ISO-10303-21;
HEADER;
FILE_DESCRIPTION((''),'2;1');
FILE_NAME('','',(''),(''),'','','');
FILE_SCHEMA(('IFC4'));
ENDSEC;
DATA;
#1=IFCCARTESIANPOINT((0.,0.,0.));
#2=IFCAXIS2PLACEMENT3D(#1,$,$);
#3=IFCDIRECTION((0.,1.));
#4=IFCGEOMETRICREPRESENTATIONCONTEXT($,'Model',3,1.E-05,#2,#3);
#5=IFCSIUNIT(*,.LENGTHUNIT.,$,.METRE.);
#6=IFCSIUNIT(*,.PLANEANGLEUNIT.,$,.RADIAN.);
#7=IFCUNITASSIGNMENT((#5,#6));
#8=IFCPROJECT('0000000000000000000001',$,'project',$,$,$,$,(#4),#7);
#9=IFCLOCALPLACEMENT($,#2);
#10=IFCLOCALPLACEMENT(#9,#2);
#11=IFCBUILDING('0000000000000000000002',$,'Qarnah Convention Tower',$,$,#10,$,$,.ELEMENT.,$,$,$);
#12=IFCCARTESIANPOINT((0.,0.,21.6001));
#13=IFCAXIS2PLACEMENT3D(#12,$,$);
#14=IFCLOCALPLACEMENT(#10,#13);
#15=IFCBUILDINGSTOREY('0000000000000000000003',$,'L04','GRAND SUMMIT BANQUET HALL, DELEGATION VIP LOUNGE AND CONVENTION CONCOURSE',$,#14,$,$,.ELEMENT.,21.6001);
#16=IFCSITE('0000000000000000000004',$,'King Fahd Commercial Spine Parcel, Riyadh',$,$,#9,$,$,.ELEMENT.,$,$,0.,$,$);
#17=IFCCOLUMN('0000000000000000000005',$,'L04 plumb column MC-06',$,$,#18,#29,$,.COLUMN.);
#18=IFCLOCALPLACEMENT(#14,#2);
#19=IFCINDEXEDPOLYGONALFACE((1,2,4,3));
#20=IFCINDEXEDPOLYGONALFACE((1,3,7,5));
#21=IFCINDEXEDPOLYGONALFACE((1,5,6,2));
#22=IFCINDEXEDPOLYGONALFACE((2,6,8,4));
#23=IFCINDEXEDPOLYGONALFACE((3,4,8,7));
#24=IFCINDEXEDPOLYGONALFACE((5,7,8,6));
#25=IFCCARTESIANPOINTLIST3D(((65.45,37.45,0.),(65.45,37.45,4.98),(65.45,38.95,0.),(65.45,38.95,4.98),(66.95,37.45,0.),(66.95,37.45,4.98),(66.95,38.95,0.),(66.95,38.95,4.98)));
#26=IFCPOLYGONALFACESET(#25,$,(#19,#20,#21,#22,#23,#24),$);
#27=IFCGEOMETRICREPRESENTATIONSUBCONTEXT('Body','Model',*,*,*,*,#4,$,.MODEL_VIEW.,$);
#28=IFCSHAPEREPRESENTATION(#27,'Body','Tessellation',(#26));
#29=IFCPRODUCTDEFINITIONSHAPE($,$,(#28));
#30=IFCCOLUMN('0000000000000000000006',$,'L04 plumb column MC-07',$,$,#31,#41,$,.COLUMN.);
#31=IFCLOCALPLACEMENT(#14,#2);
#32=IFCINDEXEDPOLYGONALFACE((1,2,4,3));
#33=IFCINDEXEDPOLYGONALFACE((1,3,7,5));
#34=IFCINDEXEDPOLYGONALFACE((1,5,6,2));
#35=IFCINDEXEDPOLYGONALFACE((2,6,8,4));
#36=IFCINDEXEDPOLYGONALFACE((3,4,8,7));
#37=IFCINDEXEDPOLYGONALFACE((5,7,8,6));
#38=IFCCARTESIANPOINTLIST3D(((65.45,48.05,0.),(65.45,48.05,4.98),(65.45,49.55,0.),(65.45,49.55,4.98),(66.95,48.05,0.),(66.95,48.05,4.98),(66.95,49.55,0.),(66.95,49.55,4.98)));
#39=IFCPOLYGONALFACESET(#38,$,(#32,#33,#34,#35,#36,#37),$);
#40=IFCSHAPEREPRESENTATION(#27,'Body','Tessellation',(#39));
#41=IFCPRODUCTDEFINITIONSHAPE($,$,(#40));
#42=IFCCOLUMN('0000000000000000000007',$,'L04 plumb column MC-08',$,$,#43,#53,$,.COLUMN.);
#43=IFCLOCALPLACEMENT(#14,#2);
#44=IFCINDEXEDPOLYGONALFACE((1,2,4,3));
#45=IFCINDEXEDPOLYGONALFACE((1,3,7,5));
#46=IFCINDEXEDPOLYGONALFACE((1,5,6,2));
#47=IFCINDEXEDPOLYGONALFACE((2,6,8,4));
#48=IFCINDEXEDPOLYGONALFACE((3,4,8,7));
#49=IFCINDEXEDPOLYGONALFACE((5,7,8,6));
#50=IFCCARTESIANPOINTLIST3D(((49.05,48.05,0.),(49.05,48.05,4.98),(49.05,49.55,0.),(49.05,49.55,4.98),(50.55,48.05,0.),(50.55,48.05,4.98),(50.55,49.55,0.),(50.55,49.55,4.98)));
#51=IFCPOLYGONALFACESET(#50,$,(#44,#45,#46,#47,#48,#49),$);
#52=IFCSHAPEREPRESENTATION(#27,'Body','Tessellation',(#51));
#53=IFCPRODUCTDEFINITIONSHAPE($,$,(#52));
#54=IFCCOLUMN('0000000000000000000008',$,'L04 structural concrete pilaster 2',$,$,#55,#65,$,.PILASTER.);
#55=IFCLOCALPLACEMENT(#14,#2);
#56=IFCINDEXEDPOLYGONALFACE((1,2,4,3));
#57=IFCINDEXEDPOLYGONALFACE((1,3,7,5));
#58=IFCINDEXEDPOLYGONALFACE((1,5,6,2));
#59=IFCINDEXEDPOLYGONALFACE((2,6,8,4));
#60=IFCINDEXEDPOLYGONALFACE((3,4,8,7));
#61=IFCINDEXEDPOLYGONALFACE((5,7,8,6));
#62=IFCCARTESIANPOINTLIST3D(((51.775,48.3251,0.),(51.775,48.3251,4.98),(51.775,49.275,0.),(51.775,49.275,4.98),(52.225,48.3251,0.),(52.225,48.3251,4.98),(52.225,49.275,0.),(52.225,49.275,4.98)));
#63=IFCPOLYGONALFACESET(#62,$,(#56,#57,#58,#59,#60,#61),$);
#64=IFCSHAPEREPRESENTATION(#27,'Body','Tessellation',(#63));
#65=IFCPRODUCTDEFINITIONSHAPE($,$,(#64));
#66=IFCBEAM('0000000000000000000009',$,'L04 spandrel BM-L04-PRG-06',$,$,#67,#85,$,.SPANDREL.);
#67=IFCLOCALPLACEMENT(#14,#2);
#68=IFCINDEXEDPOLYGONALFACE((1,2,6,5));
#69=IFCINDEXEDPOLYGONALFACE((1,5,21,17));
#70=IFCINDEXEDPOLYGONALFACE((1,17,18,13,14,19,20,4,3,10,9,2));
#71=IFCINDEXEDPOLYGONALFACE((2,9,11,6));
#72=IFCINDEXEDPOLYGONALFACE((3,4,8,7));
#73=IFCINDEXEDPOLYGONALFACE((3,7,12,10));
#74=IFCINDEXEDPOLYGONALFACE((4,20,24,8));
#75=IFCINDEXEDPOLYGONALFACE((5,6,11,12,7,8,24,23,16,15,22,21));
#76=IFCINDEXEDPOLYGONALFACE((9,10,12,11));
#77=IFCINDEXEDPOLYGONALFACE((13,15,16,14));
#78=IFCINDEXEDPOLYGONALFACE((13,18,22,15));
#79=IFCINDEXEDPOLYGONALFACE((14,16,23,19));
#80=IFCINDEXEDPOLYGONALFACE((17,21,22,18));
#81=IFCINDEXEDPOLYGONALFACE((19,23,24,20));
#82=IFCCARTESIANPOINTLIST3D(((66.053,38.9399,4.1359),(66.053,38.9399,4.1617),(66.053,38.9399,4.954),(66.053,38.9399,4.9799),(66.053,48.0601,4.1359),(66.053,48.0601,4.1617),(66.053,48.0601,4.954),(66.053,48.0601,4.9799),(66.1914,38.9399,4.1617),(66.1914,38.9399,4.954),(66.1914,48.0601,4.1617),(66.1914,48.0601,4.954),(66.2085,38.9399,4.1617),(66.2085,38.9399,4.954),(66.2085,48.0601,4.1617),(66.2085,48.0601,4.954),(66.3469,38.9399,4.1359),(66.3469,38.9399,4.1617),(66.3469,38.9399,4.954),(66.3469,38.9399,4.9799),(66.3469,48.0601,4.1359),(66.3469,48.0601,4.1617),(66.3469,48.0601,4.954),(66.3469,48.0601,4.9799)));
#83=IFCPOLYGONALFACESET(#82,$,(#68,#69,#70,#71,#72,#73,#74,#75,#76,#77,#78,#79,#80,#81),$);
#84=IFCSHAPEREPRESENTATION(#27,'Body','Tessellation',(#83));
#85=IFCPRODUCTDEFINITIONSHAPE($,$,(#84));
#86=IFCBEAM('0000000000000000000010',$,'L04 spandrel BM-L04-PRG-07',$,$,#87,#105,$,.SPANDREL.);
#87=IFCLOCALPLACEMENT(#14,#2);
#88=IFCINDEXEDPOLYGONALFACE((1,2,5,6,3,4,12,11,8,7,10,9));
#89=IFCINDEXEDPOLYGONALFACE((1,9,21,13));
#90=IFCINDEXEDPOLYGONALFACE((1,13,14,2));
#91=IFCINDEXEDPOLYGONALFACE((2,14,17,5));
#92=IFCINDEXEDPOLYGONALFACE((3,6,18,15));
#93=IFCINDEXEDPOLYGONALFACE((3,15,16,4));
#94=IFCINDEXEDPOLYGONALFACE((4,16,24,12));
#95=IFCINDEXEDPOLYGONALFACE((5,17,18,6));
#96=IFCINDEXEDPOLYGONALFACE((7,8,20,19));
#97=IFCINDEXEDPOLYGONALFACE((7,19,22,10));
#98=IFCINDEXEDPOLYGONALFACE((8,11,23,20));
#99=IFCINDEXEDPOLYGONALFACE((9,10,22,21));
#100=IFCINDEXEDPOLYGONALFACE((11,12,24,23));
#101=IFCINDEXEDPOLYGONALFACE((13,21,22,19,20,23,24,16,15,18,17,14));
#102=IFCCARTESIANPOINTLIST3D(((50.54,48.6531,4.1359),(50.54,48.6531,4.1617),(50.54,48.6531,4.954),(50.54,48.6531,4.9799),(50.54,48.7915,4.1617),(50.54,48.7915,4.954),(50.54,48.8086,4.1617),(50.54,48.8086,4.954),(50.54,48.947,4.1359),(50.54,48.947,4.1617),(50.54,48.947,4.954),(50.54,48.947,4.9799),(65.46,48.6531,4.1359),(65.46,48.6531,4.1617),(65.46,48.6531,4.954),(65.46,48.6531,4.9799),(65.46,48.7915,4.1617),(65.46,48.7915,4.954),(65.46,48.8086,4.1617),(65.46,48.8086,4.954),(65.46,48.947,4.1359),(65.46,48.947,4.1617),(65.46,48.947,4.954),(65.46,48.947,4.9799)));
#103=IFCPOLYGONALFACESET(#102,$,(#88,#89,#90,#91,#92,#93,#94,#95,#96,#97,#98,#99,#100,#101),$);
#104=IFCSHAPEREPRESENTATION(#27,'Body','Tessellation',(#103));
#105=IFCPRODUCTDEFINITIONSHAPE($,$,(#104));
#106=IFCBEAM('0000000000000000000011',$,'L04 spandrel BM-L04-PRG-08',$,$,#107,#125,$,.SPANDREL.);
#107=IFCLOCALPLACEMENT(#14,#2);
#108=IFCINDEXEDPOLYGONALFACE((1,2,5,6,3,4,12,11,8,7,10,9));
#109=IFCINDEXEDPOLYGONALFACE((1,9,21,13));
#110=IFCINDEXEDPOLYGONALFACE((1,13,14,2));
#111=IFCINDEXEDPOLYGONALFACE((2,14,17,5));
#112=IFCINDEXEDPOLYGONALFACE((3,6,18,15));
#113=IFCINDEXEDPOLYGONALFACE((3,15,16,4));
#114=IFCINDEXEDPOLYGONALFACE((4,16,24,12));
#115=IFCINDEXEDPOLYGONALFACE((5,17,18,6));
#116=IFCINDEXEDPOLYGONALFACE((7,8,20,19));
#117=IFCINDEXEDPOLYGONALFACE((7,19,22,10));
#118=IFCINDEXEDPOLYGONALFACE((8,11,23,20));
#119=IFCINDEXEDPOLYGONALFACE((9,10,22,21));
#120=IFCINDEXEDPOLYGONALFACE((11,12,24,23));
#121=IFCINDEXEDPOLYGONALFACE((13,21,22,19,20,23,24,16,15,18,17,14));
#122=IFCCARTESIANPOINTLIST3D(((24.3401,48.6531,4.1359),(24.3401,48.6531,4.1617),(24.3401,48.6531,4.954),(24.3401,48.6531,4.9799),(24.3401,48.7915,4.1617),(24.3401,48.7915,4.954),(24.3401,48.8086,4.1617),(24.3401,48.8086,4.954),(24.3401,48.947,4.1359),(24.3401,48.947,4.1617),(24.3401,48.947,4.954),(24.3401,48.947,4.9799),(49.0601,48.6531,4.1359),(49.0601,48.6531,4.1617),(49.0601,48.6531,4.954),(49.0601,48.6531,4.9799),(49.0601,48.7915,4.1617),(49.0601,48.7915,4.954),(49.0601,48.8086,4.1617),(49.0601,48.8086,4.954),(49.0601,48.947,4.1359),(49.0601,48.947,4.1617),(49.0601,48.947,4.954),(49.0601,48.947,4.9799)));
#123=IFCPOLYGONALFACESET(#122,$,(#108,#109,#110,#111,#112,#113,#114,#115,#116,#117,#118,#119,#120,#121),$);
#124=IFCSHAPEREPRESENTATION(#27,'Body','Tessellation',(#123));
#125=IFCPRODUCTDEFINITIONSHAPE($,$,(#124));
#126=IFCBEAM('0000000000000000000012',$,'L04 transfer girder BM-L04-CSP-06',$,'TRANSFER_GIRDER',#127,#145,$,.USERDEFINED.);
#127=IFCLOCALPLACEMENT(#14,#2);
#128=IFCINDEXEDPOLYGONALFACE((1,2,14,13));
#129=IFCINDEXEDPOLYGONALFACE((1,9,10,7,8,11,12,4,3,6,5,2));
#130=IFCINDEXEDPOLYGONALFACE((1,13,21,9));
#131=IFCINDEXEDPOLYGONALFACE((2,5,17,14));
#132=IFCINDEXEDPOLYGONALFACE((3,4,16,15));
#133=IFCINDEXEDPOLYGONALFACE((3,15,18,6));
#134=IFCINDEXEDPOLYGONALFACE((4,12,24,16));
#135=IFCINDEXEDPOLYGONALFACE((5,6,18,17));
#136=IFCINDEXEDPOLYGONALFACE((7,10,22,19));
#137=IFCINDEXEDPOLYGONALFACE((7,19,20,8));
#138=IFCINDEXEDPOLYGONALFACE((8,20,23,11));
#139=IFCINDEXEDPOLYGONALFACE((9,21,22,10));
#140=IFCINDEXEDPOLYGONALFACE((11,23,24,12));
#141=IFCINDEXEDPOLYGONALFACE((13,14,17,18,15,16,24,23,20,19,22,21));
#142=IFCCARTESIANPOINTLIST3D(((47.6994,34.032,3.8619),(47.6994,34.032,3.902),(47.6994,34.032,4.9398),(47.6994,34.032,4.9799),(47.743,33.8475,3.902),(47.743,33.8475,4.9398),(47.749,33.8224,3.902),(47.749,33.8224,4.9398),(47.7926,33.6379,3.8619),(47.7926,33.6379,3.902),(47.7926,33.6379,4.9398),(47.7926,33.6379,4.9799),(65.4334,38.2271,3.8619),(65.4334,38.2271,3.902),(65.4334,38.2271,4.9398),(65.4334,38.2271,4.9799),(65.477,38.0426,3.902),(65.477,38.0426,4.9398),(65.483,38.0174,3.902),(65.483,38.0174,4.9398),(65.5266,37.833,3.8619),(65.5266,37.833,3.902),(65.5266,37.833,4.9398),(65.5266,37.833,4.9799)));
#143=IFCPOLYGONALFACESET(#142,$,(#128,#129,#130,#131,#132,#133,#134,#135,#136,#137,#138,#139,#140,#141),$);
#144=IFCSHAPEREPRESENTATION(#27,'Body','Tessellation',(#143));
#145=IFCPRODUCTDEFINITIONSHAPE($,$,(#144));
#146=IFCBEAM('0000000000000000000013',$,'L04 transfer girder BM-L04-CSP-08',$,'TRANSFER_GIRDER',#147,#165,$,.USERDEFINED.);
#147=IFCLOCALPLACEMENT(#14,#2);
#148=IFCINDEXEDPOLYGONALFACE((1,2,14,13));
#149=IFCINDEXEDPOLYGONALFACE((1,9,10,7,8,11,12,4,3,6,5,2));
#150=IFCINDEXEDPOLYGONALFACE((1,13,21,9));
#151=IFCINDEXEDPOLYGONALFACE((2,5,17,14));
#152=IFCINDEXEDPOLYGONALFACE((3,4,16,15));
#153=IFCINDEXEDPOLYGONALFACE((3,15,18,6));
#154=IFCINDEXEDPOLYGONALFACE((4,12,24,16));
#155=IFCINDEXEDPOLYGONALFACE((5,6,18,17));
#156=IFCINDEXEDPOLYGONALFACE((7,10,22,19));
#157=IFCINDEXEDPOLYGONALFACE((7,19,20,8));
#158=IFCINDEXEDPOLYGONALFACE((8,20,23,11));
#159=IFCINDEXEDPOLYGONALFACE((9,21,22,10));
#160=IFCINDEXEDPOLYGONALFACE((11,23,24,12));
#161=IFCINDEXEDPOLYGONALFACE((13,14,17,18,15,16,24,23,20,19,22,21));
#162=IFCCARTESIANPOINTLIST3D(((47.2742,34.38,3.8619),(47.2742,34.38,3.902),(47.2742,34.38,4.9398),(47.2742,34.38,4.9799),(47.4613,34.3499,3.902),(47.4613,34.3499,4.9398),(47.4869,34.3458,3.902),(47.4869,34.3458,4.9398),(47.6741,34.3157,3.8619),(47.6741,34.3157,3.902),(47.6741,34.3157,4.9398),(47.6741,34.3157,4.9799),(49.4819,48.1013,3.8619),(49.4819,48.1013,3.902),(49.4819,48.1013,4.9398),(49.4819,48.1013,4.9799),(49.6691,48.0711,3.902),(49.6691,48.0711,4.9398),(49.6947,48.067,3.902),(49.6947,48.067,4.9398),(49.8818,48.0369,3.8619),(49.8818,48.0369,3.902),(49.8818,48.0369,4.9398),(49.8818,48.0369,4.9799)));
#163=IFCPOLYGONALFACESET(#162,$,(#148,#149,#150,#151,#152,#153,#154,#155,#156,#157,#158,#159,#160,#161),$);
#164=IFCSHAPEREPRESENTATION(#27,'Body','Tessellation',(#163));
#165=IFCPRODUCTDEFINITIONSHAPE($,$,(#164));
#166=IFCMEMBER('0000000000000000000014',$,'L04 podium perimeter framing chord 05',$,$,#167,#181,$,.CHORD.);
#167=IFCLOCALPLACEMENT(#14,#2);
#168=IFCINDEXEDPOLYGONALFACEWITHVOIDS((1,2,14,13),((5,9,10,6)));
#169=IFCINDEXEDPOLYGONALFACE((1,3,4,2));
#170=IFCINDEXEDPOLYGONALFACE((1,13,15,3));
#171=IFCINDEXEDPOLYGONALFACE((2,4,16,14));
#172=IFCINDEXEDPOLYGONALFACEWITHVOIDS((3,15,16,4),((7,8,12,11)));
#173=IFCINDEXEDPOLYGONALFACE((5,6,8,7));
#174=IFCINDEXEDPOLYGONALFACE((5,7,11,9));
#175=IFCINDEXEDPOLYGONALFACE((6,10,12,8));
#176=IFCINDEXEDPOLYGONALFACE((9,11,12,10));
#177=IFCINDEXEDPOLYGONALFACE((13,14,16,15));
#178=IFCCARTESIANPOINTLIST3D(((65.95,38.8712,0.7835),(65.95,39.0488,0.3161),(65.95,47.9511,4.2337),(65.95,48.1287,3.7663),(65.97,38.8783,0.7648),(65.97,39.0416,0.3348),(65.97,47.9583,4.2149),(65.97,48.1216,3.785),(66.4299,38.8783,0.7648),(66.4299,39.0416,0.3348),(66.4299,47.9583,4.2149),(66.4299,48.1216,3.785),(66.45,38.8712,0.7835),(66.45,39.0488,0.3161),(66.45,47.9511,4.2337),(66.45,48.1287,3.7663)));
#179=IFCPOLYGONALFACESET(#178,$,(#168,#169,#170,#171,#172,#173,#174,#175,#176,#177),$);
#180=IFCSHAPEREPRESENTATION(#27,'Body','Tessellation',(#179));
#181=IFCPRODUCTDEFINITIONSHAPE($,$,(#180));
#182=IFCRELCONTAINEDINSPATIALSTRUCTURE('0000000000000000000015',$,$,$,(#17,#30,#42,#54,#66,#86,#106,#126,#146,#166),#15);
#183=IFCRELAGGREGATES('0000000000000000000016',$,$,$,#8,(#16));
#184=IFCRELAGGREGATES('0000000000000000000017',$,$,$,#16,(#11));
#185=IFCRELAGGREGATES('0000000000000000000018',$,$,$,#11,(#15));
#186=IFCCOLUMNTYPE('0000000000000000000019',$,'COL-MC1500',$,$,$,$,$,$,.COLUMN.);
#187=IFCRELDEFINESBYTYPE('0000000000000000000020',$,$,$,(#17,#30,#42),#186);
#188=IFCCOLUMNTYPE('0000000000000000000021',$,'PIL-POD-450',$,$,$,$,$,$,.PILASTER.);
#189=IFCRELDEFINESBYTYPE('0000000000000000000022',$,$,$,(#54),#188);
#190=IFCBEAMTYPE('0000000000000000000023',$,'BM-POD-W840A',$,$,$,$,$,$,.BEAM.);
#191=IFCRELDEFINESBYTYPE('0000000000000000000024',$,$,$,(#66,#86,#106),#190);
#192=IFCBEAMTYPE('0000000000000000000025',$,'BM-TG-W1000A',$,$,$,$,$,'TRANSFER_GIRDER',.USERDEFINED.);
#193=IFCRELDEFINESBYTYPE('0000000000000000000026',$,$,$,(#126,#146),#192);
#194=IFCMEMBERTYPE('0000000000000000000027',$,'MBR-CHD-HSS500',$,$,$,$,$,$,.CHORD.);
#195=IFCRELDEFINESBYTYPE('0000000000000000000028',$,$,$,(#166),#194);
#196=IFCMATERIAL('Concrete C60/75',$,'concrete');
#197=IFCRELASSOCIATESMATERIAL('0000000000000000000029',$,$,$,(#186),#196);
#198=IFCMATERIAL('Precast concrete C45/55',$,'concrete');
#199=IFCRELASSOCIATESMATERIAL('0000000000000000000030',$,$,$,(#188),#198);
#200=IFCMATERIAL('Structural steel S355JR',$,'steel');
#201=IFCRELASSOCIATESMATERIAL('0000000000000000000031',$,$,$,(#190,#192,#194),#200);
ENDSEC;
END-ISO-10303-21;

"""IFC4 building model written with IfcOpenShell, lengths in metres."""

from ifc_helpers import new_model, si_unit, direction, frame, origin, origin_2d, place, context, subcontext, project, spatial, rectangle, hollow_rectangle, i_section, extrude, material, material_profile, profile_set, type_object, element, save


model = new_model("IFC4")

# Units and contexts
model_context = context("Model", 3, precision=1e-05, world=origin(), true_north=direction((0.0, 1.0)))
body_context = subcontext(model_context, "Body", "Model", "MODEL_VIEW")
ifc_project = project(units=[si_unit("LENGTHUNIT", "METRE"), si_unit("PLANEANGLEUNIT", "RADIAN")], contexts=[model_context])

# Site, building, storey
site_placement = place(None, origin())
site = spatial("IfcSite", under=ifc_project, at=site_placement, Name="King Fahd Commercial Spine Parcel, Riyadh", CompositionType="ELEMENT", RefElevation=0.0)
building_placement = place(site_placement, origin())
building = spatial("IfcBuilding", under=site, at=building_placement, Name="Qarnah Convention Tower", CompositionType="ELEMENT")
storey_placement = place(building_placement, frame((0.0, 0.0, 21.6001)))
storey = spatial("IfcBuildingStorey", under=building, at=storey_placement, Name="L04", Description="GRAND SUMMIT BANQUET HALL, DELEGATION VIP LOUNGE AND CONVENTION CONCOURSE", CompositionType="ELEMENT", Elevation=21.6001)

# Columns
ifc_material_1 = material(Name="Concrete C60/75", Category="concrete")
ifc_material_profile_1 = material_profile(ifc_material_1, rectangle(XDim=1.5, YDim=1.5, at=origin_2d()), Name="RC-COL-1500X1500")
ifc_profile_set_1 = profile_set([ifc_material_profile_1], Name="Concrete C60/75")
column_type_1 = type_object("IfcColumnType", Name="COL-MC1500", PredefinedType="COLUMN", material=ifc_profile_set_1)
for number, where, z_axis, x_axis, name in (
    (1, (66.2, 38.2, 0.0), (0.0, 0.0, 1.0), (1.0, 0.0, 0.0), "L04 plumb column MC-06"),
    (2, (66.2, 48.8, 0.0), (0.0, 0.0, 1.0), (1.0, 0.0, 0.0), "L04 plumb column MC-07"),
    (3, (49.8, 48.8, 0.0), (0.0, 0.0, 1.0), (1.0, 0.0, 0.0), "L04 plumb column MC-08"),
):
    element("IfcColumn", number, at=place(storey_placement, frame(where, z_axis=z_axis, x_axis=x_axis)), inside=storey, type_object=column_type_1, Name=name, PredefinedType="COLUMN", context=body_context, shape_type="SweptSolid", body=[
        extrude(rectangle(XDim=1.5, YDim=1.5, at=origin_2d()), origin(), (0.0, 0.0, 1.0), 4.98),
    ])
ifc_material_2 = material(Name="Precast concrete C45/55", Category="concrete")
ifc_material_profile_2 = material_profile(ifc_material_2, rectangle(XDim=0.45, YDim=0.95, at=origin_2d()), Name="PC-RIB-450X950")
ifc_profile_set_2 = profile_set([ifc_material_profile_2], Name="Precast concrete C45/55")
column_type_2 = type_object("IfcColumnType", Name="PIL-POD-450", PredefinedType="PILASTER", material=ifc_profile_set_2)
column_placement = place(storey_placement, frame((52.0, 48.8, 0.0), z_axis=(0.0, 0.0, 1.0), x_axis=(1.0, 0.0, 0.0)))
element("IfcColumn", 4, at=column_placement, inside=storey, type_object=column_type_2, Name="L04 structural concrete pilaster 2", PredefinedType="PILASTER", context=body_context, shape_type="SweptSolid", body=[
    extrude(rectangle(XDim=0.45, YDim=0.95, at=origin_2d()), origin(), (0.0, 0.0, 1.0), 4.98),
])

# Beams
ifc_material_3 = material(Name="Structural steel S355JR", Category="steel")
ifc_material_profile_3 = material_profile(ifc_material_3, i_section(OverallWidth=0.2939, OverallDepth=0.844, WebThickness=0.0171, FlangeThickness=0.0259, at=origin_2d()), Name="W840X251")
ifc_profile_set_3 = profile_set([ifc_material_profile_3], Name="Structural steel S355JR")
beam_type_1 = type_object("IfcBeamType", Name="BM-POD-W840A", PredefinedType="BEAM", material=ifc_profile_set_3)
beam_1_placement = place(storey_placement, frame((66.2, 38.9399, 4.5579), z_axis=(0.0, 1.0, 0.0), x_axis=(-1.0, 0.0, 0.0)))
element("IfcBeam", 5, at=beam_1_placement, inside=storey, type_object=beam_type_1, Name="L04 spandrel BM-L04-PRG-06", PredefinedType="SPANDREL", context=body_context, shape_type="SweptSolid", body=[
    extrude(i_section(OverallWidth=0.2939, OverallDepth=0.844, WebThickness=0.0171, FlangeThickness=0.0259, at=origin_2d()), origin(), (0.0, 0.0, 1.0), 9.1201),
])
beam_2_placement = place(storey_placement, frame((65.46, 48.8, 4.5579), z_axis=(-1.0, 0.0, 0.0), x_axis=(0.0, -1.0, 0.0)))
element("IfcBeam", 6, at=beam_2_placement, inside=storey, type_object=beam_type_1, Name="L04 spandrel BM-L04-PRG-07", PredefinedType="SPANDREL", context=body_context, shape_type="SweptSolid", body=[
    extrude(i_section(OverallWidth=0.2939, OverallDepth=0.844, WebThickness=0.0171, FlangeThickness=0.0259, at=origin_2d()), origin(), (0.0, 0.0, 1.0), 14.9199),
])
beam_3_placement = place(storey_placement, frame((49.0601, 48.8, 4.5579), z_axis=(-1.0, 0.0, 0.0), x_axis=(0.0, -1.0, 0.0)))
element("IfcBeam", 7, at=beam_3_placement, inside=storey, type_object=beam_type_1, Name="L04 spandrel BM-L04-PRG-08", PredefinedType="SPANDREL", context=body_context, shape_type="SweptSolid", body=[
    extrude(i_section(OverallWidth=0.2939, OverallDepth=0.844, WebThickness=0.0171, FlangeThickness=0.0259, at=origin_2d()), origin(), (0.0, 0.0, 1.0), 24.72),
])
ifc_material_profile_4 = material_profile(ifc_material_3, i_section(OverallWidth=0.405, OverallDepth=1.1179, WebThickness=0.0259, FlangeThickness=0.04, at=origin_2d()), Name="W1100X499")
ifc_profile_set_4 = profile_set([ifc_material_profile_4], Name="Structural steel S355JR")
beam_type_2 = type_object("IfcBeamType", Name="BM-TG-W1000A", ElementType="TRANSFER_GIRDER", PredefinedType="USERDEFINED", material=ifc_profile_set_4)
beam_4_placement = place(storey_placement, frame((65.48, 38.03, 4.4209), z_axis=(-0.973143, -0.230203, 0.0), x_axis=(0.230203, -0.973143, 0.0)))
element("IfcBeam", 8, at=beam_4_placement, inside=storey, type_object=beam_type_2, Name="L04 transfer girder BM-L04-CSP-06", ObjectType="TRANSFER_GIRDER", PredefinedType="USERDEFINED", context=body_context, shape_type="SweptSolid", body=[
    extrude(i_section(OverallWidth=0.405, OverallDepth=1.1179, WebThickness=0.0259, FlangeThickness=0.04, at=origin_2d()), origin(), (0.0, 0.0, 1.0), 18.2234),
])
beam_5_placement = place(storey_placement, frame((49.6819, 48.0691, 4.4209), z_axis=(-0.158859, -0.987301, 0.0), x_axis=(0.987301, -0.158859, 0.0)))
element("IfcBeam", 9, at=beam_5_placement, inside=storey, type_object=beam_type_2, Name="L04 transfer girder BM-L04-CSP-08", ObjectType="TRANSFER_GIRDER", PredefinedType="USERDEFINED", context=body_context, shape_type="SweptSolid", body=[
    extrude(i_section(OverallWidth=0.405, OverallDepth=1.1179, WebThickness=0.0259, FlangeThickness=0.04, at=origin_2d()), origin(), (0.0, 0.0, 1.0), 13.8977),
])

# Member
ifc_material_profile_5 = material_profile(ifc_material_3, hollow_rectangle(XDim=0.5, YDim=0.5, WallThickness=0.02, at=origin_2d()), Name="HSS500X500X20")
ifc_profile_set_5 = profile_set([ifc_material_profile_5], Name="Structural steel S355JR")
member_type = type_object("IfcMemberType", Name="MBR-CHD-HSS500", PredefinedType="CHORD", material=ifc_profile_set_5)
member_1_placement = place(storey_placement, frame((66.2, 38.96, 0.5498), z_axis=(0.0, 0.934792, 0.355197), x_axis=(-1.0, 0.0, 0.0)))
element("IfcMember", 10, at=member_1_placement, inside=storey, type_object=member_type, Name="L04 podium perimeter framing chord 05", PredefinedType="CHORD", context=body_context, shape_type="SweptSolid", body=[
    extrude(hollow_rectangle(XDim=0.5, YDim=0.5, WallThickness=0.02, at=origin_2d()), origin(), (0.0, 0.0, 1.0), 9.7134),
])

save(model, "model.ifc")
